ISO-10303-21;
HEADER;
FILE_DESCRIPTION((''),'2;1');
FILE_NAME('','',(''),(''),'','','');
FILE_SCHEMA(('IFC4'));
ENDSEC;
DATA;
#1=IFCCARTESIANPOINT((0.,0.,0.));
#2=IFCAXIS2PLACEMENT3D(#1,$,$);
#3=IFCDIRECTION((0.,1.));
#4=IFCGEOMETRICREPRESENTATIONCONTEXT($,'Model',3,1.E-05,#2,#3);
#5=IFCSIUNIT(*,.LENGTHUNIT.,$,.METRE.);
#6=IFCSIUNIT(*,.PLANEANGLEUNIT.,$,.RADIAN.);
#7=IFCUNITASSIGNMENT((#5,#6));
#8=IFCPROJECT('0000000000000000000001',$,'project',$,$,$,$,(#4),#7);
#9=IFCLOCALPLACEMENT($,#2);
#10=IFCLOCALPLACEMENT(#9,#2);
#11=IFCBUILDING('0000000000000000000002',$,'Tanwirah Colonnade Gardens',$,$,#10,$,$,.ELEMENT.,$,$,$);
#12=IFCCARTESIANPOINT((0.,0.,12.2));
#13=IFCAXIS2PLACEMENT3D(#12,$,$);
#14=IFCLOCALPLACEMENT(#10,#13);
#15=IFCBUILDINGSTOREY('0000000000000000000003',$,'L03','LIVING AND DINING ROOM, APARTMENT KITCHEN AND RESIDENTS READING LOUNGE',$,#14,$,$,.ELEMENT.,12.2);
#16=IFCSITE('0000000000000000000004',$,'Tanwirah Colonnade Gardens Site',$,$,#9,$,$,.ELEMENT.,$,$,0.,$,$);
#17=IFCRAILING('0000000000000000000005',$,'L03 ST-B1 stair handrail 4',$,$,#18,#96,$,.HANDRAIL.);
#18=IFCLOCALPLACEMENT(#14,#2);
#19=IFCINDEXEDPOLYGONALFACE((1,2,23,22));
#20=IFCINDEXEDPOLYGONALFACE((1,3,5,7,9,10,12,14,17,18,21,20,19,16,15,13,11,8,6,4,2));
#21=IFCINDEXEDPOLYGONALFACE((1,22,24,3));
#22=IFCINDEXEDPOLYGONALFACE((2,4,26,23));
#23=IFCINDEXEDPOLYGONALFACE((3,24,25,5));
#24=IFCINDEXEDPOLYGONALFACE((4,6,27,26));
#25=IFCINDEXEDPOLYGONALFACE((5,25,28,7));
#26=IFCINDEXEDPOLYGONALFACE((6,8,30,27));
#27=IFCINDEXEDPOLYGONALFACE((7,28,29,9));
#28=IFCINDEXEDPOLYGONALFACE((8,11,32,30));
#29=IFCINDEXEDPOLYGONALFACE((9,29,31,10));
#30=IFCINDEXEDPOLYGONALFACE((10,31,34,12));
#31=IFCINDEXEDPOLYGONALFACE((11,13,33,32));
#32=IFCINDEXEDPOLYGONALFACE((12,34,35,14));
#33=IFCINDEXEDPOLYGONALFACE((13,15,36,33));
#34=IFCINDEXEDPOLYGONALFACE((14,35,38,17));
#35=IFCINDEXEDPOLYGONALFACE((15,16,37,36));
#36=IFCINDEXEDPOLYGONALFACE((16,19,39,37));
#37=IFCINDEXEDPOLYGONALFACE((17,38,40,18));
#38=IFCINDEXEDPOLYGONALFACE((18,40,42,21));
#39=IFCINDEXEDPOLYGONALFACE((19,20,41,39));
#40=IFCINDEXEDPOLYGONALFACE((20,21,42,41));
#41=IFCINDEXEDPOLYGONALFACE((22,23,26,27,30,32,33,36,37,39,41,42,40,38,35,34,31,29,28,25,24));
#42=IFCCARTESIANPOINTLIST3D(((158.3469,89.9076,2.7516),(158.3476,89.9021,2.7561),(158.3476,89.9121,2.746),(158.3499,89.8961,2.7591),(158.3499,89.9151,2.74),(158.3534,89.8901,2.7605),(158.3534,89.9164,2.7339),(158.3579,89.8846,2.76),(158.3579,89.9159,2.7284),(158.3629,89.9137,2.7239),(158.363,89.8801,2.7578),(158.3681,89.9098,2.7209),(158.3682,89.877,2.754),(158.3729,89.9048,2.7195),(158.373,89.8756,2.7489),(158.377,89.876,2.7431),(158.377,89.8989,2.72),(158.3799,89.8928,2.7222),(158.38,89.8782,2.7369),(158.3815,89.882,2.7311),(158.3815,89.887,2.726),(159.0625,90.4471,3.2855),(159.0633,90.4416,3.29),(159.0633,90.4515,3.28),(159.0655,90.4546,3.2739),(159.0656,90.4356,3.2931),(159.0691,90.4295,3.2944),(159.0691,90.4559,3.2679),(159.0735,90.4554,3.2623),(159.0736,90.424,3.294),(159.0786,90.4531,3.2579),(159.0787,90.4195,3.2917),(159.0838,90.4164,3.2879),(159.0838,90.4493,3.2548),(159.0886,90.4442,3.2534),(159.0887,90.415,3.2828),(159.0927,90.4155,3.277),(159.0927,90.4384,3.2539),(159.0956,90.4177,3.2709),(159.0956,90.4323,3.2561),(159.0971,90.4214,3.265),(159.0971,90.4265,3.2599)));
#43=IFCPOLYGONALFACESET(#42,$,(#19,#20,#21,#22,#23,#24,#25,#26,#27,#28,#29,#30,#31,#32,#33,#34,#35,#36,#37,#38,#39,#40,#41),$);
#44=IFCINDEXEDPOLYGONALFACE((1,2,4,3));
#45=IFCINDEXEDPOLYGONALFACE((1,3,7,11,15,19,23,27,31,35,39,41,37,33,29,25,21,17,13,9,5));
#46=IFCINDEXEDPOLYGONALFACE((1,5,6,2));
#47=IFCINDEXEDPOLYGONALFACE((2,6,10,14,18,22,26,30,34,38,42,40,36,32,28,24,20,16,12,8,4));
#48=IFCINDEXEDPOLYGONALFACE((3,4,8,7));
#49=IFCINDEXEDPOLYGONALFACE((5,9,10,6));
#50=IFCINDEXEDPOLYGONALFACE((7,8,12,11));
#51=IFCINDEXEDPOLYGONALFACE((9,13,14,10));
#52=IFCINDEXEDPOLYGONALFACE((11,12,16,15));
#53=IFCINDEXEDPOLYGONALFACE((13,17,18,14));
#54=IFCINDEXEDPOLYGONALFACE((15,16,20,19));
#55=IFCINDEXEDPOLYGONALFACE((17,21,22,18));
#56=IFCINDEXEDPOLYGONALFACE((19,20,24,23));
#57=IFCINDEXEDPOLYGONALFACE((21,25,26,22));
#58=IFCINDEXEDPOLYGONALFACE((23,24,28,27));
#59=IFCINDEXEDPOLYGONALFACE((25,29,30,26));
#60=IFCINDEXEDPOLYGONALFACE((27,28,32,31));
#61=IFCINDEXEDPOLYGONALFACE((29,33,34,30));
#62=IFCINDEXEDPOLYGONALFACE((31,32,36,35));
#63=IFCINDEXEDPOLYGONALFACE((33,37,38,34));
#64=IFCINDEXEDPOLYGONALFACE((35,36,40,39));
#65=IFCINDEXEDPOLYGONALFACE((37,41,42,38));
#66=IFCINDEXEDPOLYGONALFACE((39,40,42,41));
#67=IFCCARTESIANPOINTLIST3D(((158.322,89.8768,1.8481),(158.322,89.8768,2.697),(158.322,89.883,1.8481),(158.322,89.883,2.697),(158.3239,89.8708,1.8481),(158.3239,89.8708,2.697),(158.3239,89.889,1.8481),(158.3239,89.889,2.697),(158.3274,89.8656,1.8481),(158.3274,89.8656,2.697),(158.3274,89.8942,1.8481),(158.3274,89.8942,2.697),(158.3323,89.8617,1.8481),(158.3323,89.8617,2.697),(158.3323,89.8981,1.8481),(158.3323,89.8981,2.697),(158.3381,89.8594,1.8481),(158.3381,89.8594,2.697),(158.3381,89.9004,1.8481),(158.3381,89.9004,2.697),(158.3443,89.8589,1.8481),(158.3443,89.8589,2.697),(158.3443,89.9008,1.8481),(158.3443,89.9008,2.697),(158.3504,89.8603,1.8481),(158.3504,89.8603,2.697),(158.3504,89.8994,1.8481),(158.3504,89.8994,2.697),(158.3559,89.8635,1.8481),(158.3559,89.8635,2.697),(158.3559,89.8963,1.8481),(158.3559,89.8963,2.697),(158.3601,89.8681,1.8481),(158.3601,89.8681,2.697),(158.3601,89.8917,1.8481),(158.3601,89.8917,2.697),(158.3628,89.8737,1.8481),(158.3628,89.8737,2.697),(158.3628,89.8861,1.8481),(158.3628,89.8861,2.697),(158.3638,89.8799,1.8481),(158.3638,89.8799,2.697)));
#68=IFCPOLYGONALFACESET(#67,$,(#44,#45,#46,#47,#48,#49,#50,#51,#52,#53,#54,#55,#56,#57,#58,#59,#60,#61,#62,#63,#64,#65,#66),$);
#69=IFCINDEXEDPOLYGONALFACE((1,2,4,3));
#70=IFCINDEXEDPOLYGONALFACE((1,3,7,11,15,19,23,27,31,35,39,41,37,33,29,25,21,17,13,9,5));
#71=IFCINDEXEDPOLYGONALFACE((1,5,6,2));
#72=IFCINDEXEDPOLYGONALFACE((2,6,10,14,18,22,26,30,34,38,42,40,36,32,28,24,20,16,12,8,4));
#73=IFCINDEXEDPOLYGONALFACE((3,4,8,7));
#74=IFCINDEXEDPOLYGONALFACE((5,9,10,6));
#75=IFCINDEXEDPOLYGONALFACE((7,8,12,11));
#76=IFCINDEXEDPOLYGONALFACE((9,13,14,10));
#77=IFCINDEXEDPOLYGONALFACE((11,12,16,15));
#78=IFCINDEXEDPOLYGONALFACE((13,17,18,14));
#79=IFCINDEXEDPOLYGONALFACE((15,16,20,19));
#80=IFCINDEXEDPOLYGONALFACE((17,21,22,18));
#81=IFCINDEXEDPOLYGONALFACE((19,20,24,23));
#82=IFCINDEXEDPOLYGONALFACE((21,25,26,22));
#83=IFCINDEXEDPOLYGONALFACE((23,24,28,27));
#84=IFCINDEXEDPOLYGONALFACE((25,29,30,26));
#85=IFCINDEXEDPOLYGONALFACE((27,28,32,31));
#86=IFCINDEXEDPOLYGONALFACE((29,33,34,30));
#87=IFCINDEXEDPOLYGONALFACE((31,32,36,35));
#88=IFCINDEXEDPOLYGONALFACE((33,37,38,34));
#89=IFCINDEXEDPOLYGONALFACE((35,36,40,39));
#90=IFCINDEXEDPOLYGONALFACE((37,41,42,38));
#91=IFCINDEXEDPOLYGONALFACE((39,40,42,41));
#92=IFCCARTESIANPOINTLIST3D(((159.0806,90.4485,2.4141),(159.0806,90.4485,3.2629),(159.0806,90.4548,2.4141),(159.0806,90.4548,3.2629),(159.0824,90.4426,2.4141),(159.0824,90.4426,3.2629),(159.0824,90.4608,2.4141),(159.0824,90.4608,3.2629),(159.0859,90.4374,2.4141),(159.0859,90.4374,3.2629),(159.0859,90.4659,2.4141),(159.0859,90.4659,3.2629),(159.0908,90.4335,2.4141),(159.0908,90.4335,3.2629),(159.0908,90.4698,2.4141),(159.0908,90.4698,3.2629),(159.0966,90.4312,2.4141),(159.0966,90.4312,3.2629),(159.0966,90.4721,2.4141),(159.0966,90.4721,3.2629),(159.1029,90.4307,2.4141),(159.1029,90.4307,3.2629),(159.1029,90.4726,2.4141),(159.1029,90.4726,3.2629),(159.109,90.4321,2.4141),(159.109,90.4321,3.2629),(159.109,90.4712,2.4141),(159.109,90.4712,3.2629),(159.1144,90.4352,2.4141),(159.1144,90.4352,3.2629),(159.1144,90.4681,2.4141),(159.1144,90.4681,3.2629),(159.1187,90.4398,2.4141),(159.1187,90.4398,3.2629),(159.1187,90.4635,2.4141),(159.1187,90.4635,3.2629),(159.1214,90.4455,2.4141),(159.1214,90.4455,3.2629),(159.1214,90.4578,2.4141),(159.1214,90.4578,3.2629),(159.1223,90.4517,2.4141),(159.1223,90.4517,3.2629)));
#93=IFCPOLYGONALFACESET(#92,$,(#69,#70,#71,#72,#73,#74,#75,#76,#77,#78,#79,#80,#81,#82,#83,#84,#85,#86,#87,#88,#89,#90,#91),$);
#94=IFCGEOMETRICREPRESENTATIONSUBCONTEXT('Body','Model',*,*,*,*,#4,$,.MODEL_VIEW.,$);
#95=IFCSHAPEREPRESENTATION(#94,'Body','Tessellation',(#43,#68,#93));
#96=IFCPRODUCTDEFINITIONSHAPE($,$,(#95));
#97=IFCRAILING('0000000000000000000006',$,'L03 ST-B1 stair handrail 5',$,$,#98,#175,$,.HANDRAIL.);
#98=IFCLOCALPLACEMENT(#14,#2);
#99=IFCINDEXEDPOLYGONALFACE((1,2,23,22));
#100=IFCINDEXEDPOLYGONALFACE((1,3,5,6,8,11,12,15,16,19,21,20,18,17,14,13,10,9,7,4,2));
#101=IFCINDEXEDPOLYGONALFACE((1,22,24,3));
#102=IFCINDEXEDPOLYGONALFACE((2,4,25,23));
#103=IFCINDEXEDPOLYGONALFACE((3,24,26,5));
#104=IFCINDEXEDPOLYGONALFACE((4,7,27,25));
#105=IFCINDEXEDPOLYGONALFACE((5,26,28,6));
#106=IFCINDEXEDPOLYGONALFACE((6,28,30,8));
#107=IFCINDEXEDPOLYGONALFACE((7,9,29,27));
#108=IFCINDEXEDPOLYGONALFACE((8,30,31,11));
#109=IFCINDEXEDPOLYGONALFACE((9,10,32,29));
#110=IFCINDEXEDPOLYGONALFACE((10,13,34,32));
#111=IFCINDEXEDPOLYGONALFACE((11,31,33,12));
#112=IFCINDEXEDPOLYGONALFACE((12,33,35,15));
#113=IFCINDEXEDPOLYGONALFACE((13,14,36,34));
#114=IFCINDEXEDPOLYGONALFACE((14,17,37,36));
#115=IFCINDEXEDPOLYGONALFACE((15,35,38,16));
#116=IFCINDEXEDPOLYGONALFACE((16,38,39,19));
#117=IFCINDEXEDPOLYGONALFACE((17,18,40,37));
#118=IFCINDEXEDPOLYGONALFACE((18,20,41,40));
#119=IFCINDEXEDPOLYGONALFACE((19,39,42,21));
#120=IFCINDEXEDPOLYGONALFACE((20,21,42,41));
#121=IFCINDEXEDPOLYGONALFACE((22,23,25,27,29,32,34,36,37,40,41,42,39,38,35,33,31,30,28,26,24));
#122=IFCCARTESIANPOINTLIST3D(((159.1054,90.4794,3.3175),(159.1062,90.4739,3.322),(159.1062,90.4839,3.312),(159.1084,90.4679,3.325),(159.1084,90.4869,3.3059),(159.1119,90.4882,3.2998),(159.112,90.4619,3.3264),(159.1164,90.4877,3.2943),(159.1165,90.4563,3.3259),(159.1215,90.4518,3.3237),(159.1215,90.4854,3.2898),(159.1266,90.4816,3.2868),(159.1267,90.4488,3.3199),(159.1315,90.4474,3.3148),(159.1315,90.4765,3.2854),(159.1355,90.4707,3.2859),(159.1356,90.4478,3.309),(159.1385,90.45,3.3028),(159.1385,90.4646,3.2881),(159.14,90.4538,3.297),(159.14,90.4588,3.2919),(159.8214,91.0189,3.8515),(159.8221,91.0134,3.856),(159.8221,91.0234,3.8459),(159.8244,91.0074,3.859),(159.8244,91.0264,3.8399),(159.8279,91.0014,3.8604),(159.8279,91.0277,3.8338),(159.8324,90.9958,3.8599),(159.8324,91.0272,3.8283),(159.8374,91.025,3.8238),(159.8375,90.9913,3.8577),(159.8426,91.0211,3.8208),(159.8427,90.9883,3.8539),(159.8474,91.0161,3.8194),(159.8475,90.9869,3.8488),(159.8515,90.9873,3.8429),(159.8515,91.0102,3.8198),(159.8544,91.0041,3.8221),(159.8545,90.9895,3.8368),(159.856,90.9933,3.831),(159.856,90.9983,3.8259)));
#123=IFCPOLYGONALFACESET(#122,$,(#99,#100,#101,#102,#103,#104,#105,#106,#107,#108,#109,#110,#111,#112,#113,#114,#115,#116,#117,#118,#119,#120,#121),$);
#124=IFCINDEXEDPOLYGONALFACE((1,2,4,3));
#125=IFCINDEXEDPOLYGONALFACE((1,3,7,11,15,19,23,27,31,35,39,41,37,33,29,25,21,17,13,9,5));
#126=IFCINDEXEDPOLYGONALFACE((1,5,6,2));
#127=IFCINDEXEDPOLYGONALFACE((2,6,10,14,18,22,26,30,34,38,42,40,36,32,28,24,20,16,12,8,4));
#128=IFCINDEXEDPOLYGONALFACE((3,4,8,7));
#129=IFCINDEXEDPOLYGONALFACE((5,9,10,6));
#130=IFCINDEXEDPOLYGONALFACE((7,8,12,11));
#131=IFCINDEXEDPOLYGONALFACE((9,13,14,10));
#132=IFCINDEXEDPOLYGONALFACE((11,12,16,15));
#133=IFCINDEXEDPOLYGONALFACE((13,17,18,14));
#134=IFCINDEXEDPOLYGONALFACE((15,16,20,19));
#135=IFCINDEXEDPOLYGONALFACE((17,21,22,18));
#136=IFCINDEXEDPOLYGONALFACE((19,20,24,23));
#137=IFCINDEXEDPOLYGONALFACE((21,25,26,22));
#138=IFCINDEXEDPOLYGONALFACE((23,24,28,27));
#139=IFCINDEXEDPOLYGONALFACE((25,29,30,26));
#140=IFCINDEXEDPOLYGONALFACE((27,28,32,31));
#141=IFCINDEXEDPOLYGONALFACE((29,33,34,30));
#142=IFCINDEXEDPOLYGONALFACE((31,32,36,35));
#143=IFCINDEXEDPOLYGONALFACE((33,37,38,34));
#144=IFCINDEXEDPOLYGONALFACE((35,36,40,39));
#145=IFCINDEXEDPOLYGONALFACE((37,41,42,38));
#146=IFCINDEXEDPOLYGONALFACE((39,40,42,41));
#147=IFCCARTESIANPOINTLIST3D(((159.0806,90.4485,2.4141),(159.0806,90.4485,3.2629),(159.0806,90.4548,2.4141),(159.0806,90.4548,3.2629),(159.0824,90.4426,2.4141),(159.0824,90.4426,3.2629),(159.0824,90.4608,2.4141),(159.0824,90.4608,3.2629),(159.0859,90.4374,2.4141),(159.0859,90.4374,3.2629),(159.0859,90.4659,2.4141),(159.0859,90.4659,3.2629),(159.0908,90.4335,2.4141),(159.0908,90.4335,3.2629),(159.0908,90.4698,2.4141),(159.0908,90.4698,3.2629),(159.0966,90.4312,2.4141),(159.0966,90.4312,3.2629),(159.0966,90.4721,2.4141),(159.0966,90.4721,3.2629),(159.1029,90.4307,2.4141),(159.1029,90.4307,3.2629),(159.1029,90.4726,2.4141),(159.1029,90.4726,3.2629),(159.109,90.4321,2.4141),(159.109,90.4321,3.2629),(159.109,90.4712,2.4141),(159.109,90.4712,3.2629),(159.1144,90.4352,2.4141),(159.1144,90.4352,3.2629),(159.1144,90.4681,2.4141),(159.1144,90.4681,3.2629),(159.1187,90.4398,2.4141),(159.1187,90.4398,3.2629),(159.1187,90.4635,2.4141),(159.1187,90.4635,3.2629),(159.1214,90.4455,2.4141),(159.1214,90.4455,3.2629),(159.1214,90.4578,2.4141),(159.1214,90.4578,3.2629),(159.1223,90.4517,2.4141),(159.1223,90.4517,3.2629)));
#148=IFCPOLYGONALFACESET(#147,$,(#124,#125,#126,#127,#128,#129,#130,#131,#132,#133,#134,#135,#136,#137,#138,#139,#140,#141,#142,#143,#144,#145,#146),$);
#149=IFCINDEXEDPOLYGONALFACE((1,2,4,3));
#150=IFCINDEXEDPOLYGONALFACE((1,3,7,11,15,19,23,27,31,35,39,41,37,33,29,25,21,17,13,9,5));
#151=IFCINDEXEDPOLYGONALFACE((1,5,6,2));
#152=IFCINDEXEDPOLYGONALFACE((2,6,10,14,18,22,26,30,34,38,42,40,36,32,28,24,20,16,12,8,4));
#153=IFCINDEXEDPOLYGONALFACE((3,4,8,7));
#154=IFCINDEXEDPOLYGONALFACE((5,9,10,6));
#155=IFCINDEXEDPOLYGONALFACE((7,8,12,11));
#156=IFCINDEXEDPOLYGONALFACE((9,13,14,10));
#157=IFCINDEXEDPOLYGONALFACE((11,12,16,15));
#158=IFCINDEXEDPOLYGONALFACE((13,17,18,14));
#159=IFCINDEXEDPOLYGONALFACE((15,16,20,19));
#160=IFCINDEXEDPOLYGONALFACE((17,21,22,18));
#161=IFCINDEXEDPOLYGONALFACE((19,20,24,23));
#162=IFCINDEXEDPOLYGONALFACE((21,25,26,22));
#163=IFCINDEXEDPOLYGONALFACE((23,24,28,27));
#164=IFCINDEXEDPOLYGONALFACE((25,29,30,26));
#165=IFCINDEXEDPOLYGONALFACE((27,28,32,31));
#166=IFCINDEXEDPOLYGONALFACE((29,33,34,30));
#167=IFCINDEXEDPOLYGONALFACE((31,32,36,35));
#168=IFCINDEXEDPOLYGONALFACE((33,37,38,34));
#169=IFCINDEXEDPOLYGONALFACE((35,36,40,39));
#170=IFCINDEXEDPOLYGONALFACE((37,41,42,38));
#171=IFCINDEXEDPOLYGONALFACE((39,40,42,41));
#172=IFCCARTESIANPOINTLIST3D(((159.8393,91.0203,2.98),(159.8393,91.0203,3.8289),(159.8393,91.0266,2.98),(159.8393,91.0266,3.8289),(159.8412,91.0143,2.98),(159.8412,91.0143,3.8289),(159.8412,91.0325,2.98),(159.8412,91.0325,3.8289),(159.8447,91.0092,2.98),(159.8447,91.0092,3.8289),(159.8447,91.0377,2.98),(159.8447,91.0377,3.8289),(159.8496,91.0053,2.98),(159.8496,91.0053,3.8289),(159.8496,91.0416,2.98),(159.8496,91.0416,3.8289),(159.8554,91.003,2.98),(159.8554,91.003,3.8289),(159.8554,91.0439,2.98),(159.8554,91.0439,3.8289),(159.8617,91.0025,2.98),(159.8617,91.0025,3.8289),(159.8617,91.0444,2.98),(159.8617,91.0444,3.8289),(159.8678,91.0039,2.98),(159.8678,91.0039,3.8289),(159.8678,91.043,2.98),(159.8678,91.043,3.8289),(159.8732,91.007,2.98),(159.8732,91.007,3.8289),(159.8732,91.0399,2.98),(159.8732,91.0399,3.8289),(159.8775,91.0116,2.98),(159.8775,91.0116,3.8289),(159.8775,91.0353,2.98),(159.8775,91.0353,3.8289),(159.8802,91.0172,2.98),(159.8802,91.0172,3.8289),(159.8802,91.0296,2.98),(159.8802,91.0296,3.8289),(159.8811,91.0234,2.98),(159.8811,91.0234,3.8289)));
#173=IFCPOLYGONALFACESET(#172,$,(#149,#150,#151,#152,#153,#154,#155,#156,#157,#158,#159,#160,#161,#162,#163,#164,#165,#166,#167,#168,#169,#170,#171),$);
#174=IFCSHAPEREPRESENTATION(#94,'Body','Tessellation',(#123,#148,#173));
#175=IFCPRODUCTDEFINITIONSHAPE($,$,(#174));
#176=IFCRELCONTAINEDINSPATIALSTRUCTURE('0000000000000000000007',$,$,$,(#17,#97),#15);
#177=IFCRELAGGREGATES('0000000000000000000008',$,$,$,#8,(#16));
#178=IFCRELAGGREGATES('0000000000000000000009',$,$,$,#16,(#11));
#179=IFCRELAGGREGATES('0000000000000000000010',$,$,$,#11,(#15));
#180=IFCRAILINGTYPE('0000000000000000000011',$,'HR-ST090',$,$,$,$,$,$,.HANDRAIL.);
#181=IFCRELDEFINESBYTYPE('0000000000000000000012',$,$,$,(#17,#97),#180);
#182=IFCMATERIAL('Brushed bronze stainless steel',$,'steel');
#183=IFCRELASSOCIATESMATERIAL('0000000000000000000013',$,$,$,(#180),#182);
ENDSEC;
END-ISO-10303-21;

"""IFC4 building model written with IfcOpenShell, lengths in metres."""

from ifc_helpers import new_model, si_unit, direction, frame, origin, origin_2d, place, context, subcontext, project, spatial, circle, extrude, material, type_object, element, save


model = new_model("IFC4")

# Units and contexts
model_context = context("Model", 3, precision=1e-05, world=origin(), true_north=direction((0.0, 1.0)))
body_context = subcontext(model_context, "Body", "Model", "MODEL_VIEW")
ifc_project = project(units=[si_unit("LENGTHUNIT", "METRE"), si_unit("PLANEANGLEUNIT", "RADIAN")], contexts=[model_context])

# Site, building, storey
site_placement = place(None, origin())
site = spatial("IfcSite", under=ifc_project, at=site_placement, Name="Tanwirah Colonnade Gardens Site", CompositionType="ELEMENT", RefElevation=0.0)
building_placement = place(site_placement, origin())
building = spatial("IfcBuilding", under=site, at=building_placement, Name="Tanwirah Colonnade Gardens", CompositionType="ELEMENT")
storey_placement = place(building_placement, frame((0.0, 0.0, 12.2)))
storey = spatial("IfcBuildingStorey", under=building, at=storey_placement, Name="L03", Description="LIVING AND DINING ROOM, APARTMENT KITCHEN AND RESIDENTS READING LOUNGE", CompositionType="ELEMENT", Elevation=12.2)

# Railings
ifc_material_1 = material(Name="Brushed bronze stainless steel", Category="steel")
railing_type_1 = type_object("IfcRailingType", Name="HR-ST090", PredefinedType="HANDRAIL", material=ifc_material_1)
railing_1_placement = place(storey_placement, frame((158.3428, 89.8799, 1.8481)))
element("IfcRailing", 1, at=railing_1_placement, inside=storey, type_object=railing_type_1, Name="L03 ST-B1 stair handrail 4", PredefinedType="HANDRAIL", context=body_context, shape_type="SweptSolid", body=[
    extrude(circle(Radius=0.0239, at=origin_2d()), frame((0.0215, 0.0161, 0.8918), z_axis=(0.686028, 0.517116, 0.511817), x_axis=(-0.601931, 0.798548, 0.0)), (0.0, 0.0, 1.0), 1.0432),
    extrude(circle(Radius=0.021, at=origin_2d()), origin(), (0.0, 0.0, 1.0), 0.8489),
    extrude(circle(Radius=0.021, at=origin_2d()), frame((0.7585, 0.5718, 0.5659)), (0.0, 0.0, 1.0), 0.8489),
])
railing_2_placement = place(storey_placement, frame((159.1013, 90.4517, 2.4141)))
element("IfcRailing", 2, at=railing_2_placement, inside=storey, type_object=railing_type_1, Name="L03 ST-B1 stair handrail 5", PredefinedType="HANDRAIL", context=body_context, shape_type="SweptSolid", body=[
    extrude(circle(Radius=0.0239, at=origin_2d()), frame((0.0215, 0.0161, 0.8918), z_axis=(0.686145, 0.517037, 0.511739), x_axis=(-0.601807, 0.798641, 0.0)), (0.0, 0.0, 1.0), 1.0435),
    extrude(circle(Radius=0.021, at=origin_2d()), origin(), (0.0, 0.0, 1.0), 0.8489),
    extrude(circle(Radius=0.021, at=origin_2d()), frame((0.7588, 0.5718, 0.5659)), (0.0, 0.0, 1.0), 0.8489),
])

save(model, "model.ifc")
